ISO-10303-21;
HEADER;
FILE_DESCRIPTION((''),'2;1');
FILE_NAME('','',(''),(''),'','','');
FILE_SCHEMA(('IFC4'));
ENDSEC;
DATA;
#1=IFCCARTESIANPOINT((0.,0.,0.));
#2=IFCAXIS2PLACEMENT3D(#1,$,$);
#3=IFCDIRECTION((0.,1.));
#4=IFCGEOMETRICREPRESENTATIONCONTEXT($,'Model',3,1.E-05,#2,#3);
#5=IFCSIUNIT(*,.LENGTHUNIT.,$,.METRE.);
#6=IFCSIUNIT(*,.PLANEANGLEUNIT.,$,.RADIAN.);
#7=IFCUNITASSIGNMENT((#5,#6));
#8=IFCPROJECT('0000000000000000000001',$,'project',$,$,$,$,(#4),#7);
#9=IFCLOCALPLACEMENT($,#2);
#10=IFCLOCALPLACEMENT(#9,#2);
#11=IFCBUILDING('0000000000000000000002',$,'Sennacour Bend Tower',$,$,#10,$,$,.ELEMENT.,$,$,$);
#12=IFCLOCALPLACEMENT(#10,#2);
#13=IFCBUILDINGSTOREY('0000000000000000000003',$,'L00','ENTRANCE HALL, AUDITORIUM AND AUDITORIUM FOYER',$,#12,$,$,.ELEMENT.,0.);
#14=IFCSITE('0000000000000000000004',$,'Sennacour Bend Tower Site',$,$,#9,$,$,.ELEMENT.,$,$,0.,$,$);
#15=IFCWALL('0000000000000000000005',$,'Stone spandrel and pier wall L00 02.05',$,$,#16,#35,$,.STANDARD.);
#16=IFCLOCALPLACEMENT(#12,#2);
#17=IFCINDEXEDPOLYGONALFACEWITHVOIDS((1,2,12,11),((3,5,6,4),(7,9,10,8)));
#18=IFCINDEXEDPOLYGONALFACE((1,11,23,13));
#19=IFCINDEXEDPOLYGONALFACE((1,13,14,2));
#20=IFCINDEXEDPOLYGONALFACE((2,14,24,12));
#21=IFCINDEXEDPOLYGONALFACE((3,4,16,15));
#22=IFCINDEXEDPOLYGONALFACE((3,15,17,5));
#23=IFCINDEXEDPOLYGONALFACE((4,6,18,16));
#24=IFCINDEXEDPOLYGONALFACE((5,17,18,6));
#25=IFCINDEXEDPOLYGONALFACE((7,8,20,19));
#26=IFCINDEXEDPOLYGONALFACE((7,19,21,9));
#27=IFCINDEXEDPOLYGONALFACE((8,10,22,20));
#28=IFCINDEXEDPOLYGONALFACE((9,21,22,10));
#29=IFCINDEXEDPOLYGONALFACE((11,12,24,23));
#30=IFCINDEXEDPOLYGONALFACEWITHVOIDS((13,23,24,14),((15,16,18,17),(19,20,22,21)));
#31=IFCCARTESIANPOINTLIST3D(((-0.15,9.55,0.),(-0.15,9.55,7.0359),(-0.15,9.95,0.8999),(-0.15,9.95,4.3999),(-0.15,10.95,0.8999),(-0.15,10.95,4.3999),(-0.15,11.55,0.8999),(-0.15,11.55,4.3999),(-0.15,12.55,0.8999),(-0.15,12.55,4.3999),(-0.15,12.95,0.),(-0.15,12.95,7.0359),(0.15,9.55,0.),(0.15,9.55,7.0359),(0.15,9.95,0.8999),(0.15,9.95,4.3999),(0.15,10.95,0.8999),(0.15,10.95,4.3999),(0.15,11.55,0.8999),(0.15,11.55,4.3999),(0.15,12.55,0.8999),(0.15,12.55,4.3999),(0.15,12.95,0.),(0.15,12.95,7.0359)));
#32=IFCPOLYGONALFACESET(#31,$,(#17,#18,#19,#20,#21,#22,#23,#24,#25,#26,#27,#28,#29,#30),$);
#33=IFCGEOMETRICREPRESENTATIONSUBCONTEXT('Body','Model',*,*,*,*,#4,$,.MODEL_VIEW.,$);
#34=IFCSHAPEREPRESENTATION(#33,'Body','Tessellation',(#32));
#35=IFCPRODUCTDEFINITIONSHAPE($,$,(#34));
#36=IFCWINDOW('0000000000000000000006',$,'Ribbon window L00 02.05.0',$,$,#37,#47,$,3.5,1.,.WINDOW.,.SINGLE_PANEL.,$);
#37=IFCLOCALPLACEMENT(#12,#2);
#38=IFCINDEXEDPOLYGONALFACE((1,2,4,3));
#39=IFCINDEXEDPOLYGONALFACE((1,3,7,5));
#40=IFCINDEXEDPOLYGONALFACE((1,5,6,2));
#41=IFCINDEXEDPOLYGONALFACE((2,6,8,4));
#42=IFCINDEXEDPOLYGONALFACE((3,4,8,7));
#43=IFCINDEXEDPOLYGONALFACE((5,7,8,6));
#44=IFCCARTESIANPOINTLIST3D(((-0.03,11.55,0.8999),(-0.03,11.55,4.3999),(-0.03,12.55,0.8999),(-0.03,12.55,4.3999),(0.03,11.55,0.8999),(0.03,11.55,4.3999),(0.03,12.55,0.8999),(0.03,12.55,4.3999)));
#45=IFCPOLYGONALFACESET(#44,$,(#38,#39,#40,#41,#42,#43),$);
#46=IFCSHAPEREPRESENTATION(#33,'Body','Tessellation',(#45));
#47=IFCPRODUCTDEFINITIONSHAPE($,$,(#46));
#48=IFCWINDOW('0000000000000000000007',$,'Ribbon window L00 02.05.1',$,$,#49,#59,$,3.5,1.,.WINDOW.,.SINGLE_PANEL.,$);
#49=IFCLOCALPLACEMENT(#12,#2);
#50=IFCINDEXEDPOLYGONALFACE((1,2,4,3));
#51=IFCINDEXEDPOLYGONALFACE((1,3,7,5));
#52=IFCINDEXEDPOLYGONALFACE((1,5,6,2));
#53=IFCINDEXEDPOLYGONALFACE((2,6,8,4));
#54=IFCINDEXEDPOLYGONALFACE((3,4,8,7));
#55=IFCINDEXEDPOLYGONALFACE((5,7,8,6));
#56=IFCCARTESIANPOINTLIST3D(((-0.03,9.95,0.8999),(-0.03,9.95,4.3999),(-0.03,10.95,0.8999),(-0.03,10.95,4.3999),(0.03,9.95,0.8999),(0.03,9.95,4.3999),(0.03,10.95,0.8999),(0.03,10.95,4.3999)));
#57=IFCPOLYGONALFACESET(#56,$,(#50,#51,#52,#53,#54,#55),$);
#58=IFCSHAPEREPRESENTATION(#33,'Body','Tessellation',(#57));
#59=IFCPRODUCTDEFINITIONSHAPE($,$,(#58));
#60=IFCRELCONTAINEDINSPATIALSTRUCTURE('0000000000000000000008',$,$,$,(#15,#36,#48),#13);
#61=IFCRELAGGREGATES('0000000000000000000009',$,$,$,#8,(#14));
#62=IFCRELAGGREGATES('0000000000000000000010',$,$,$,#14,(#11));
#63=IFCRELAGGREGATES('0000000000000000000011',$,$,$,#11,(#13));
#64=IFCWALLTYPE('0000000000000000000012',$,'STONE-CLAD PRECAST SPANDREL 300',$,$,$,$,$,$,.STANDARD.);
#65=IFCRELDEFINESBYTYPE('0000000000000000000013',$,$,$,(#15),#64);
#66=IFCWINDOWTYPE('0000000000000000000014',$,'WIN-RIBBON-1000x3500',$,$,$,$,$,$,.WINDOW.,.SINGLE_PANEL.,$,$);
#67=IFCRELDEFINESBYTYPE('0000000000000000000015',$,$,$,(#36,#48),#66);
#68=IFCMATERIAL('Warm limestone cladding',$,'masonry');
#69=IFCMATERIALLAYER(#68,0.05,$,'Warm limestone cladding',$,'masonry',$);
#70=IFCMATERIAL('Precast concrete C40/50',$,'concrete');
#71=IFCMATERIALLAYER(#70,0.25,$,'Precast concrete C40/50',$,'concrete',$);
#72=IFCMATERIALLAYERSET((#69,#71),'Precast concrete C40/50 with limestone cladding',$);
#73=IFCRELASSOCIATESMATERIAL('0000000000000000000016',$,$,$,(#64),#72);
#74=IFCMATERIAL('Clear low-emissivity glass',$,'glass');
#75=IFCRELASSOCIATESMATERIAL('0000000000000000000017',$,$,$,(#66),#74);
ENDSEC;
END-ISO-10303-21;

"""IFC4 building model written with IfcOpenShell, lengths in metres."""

from ifc_helpers import new_model, si_unit, direction, frame, frame_2d, origin, place, context, subcontext, project, spatial, rectangle, extrude, material, layer, layer_set, type_object, element, fill, save


model = new_model("IFC4")

# Units and contexts
model_context = context("Model", 3, precision=1e-05, world=origin(), true_north=direction((0.0, 1.0)))
body_context = subcontext(model_context, "Body", "Model", "MODEL_VIEW")
ifc_project = project(units=[si_unit("LENGTHUNIT", "METRE"), si_unit("PLANEANGLEUNIT", "RADIAN")], contexts=[model_context])

# Site, building, storey
site_placement = place(None, origin())
site = spatial("IfcSite", under=ifc_project, at=site_placement, Name="Sennacour Bend Tower Site", CompositionType="ELEMENT", RefElevation=0.0)
building_placement = place(site_placement, origin())
building = spatial("IfcBuilding", under=site, at=building_placement, Name="Sennacour Bend Tower", CompositionType="ELEMENT")
storey_placement = place(building_placement, origin())
storey = spatial("IfcBuildingStorey", under=building, at=storey_placement, Name="L00", Description="ENTRANCE HALL, AUDITORIUM AND AUDITORIUM FOYER", CompositionType="ELEMENT", Elevation=0.0)

# Shared definitions
ifc_material_1 = material(Name="Precast concrete C40/50", Category="concrete")

# Wall, openings, windows
ifc_material_2 = material(Name="Warm limestone cladding", Category="masonry")
ifc_layer_1 = layer(ifc_material_2, 0.05, Name="Warm limestone cladding", Category="masonry")
ifc_layer_2 = layer(ifc_material_1, 0.25, Name="Precast concrete C40/50", Category="concrete")
ifc_layer_set_1 = layer_set([ifc_layer_1, ifc_layer_2], Name="Precast concrete C40/50 with limestone cladding")
wall_type_1 = type_object("IfcWallType", Name="STONE-CLAD PRECAST SPANDREL 300", PredefinedType="STANDARD", material=ifc_layer_set_1)
ifc_material_3 = material(Name="Clear low-emissivity glass", Category="glass")
window_type = type_object("IfcWindowType", Name="WIN-RIBBON-1000x3500", PartitioningType="SINGLE_PANEL", PredefinedType="WINDOW", material=ifc_material_3)
wall_1_placement = place(storey_placement, frame((0.0, 12.95, 0.0), z_axis=(0.0, 0.0, 1.0), x_axis=(0.0, -1.0, 0.0)))
wall_1 = element("IfcWall", 1, at=wall_1_placement, inside=storey, type_object=wall_type_1, Name="Stone spandrel and pier wall L00 02.05", PredefinedType="STANDARD", context=body_context, shape_type="SweptSolid", body=[
    extrude(rectangle(XDim=3.3999, YDim=0.3, at=frame_2d((1.7, 0.0))), origin(), (0.0, 0.0, 1.0), 7.0359),
])
opening_1_placement = place(wall_1_placement, frame((0.3999, 0.0, 0.8999)))
opening_1 = element("IfcOpeningElement", 2, at=opening_1_placement, cuts=wall_1, PredefinedType="OPENING", context=body_context, shape_type="SweptSolid", body=[
    extrude(rectangle(XDim=1.0, YDim=3.5, at=frame_2d((0.5, 1.75))), frame((0.0, 0.1602, 0.0), z_axis=(0.0, -1.0, 0.0), x_axis=(1.0, 0.0, 0.0)), (0.0, 0.0, 1.0), 0.3201),
])
opening_2_placement = place(wall_1_placement, frame((2.0, 0.0, 0.8999)))
opening_2 = element("IfcOpeningElement", 3, at=opening_2_placement, cuts=wall_1, PredefinedType="OPENING", context=body_context, shape_type="SweptSolid", body=[
    extrude(rectangle(XDim=1.0, YDim=3.5, at=frame_2d((0.5, 1.75))), frame((0.0, 0.1602, 0.0), z_axis=(0.0, -1.0, 0.0), x_axis=(1.0, 0.0, 0.0)), (0.0, 0.0, 1.0), 0.3201),
])
window_1_placement = place(opening_1_placement, origin())
window_1 = element("IfcWindow", 4, at=window_1_placement, inside=storey, type_object=window_type, Name="Ribbon window L00 02.05.0", OverallHeight=3.5, OverallWidth=1.0, PartitioningType="SINGLE_PANEL", PredefinedType="WINDOW", context=body_context, shape_type="SweptSolid", body=[
    extrude(rectangle(XDim=1.0, YDim=3.5, at=frame_2d((0.5, 1.75))), frame((0.0, 0.03, 0.0), z_axis=(0.0, -1.0, 0.0), x_axis=(1.0, 0.0, 0.0)), (0.0, 0.0, 1.0), 0.0601),
])
fill(opening_1, window_1)
window_2_placement = place(opening_2_placement, origin())
window_2 = element("IfcWindow", 5, at=window_2_placement, inside=storey, type_object=window_type, Name="Ribbon window L00 02.05.1", OverallHeight=3.5, OverallWidth=1.0, PartitioningType="SINGLE_PANEL", PredefinedType="WINDOW", context=body_context, shape_type="SweptSolid", body=[
    extrude(rectangle(XDim=1.0, YDim=3.5, at=frame_2d((0.5, 1.75))), frame((0.0, 0.03, 0.0), z_axis=(0.0, -1.0, 0.0), x_axis=(1.0, 0.0, 0.0)), (0.0, 0.0, 1.0), 0.0601),
])
fill(opening_2, window_2)

save(model, "model.ifc")
